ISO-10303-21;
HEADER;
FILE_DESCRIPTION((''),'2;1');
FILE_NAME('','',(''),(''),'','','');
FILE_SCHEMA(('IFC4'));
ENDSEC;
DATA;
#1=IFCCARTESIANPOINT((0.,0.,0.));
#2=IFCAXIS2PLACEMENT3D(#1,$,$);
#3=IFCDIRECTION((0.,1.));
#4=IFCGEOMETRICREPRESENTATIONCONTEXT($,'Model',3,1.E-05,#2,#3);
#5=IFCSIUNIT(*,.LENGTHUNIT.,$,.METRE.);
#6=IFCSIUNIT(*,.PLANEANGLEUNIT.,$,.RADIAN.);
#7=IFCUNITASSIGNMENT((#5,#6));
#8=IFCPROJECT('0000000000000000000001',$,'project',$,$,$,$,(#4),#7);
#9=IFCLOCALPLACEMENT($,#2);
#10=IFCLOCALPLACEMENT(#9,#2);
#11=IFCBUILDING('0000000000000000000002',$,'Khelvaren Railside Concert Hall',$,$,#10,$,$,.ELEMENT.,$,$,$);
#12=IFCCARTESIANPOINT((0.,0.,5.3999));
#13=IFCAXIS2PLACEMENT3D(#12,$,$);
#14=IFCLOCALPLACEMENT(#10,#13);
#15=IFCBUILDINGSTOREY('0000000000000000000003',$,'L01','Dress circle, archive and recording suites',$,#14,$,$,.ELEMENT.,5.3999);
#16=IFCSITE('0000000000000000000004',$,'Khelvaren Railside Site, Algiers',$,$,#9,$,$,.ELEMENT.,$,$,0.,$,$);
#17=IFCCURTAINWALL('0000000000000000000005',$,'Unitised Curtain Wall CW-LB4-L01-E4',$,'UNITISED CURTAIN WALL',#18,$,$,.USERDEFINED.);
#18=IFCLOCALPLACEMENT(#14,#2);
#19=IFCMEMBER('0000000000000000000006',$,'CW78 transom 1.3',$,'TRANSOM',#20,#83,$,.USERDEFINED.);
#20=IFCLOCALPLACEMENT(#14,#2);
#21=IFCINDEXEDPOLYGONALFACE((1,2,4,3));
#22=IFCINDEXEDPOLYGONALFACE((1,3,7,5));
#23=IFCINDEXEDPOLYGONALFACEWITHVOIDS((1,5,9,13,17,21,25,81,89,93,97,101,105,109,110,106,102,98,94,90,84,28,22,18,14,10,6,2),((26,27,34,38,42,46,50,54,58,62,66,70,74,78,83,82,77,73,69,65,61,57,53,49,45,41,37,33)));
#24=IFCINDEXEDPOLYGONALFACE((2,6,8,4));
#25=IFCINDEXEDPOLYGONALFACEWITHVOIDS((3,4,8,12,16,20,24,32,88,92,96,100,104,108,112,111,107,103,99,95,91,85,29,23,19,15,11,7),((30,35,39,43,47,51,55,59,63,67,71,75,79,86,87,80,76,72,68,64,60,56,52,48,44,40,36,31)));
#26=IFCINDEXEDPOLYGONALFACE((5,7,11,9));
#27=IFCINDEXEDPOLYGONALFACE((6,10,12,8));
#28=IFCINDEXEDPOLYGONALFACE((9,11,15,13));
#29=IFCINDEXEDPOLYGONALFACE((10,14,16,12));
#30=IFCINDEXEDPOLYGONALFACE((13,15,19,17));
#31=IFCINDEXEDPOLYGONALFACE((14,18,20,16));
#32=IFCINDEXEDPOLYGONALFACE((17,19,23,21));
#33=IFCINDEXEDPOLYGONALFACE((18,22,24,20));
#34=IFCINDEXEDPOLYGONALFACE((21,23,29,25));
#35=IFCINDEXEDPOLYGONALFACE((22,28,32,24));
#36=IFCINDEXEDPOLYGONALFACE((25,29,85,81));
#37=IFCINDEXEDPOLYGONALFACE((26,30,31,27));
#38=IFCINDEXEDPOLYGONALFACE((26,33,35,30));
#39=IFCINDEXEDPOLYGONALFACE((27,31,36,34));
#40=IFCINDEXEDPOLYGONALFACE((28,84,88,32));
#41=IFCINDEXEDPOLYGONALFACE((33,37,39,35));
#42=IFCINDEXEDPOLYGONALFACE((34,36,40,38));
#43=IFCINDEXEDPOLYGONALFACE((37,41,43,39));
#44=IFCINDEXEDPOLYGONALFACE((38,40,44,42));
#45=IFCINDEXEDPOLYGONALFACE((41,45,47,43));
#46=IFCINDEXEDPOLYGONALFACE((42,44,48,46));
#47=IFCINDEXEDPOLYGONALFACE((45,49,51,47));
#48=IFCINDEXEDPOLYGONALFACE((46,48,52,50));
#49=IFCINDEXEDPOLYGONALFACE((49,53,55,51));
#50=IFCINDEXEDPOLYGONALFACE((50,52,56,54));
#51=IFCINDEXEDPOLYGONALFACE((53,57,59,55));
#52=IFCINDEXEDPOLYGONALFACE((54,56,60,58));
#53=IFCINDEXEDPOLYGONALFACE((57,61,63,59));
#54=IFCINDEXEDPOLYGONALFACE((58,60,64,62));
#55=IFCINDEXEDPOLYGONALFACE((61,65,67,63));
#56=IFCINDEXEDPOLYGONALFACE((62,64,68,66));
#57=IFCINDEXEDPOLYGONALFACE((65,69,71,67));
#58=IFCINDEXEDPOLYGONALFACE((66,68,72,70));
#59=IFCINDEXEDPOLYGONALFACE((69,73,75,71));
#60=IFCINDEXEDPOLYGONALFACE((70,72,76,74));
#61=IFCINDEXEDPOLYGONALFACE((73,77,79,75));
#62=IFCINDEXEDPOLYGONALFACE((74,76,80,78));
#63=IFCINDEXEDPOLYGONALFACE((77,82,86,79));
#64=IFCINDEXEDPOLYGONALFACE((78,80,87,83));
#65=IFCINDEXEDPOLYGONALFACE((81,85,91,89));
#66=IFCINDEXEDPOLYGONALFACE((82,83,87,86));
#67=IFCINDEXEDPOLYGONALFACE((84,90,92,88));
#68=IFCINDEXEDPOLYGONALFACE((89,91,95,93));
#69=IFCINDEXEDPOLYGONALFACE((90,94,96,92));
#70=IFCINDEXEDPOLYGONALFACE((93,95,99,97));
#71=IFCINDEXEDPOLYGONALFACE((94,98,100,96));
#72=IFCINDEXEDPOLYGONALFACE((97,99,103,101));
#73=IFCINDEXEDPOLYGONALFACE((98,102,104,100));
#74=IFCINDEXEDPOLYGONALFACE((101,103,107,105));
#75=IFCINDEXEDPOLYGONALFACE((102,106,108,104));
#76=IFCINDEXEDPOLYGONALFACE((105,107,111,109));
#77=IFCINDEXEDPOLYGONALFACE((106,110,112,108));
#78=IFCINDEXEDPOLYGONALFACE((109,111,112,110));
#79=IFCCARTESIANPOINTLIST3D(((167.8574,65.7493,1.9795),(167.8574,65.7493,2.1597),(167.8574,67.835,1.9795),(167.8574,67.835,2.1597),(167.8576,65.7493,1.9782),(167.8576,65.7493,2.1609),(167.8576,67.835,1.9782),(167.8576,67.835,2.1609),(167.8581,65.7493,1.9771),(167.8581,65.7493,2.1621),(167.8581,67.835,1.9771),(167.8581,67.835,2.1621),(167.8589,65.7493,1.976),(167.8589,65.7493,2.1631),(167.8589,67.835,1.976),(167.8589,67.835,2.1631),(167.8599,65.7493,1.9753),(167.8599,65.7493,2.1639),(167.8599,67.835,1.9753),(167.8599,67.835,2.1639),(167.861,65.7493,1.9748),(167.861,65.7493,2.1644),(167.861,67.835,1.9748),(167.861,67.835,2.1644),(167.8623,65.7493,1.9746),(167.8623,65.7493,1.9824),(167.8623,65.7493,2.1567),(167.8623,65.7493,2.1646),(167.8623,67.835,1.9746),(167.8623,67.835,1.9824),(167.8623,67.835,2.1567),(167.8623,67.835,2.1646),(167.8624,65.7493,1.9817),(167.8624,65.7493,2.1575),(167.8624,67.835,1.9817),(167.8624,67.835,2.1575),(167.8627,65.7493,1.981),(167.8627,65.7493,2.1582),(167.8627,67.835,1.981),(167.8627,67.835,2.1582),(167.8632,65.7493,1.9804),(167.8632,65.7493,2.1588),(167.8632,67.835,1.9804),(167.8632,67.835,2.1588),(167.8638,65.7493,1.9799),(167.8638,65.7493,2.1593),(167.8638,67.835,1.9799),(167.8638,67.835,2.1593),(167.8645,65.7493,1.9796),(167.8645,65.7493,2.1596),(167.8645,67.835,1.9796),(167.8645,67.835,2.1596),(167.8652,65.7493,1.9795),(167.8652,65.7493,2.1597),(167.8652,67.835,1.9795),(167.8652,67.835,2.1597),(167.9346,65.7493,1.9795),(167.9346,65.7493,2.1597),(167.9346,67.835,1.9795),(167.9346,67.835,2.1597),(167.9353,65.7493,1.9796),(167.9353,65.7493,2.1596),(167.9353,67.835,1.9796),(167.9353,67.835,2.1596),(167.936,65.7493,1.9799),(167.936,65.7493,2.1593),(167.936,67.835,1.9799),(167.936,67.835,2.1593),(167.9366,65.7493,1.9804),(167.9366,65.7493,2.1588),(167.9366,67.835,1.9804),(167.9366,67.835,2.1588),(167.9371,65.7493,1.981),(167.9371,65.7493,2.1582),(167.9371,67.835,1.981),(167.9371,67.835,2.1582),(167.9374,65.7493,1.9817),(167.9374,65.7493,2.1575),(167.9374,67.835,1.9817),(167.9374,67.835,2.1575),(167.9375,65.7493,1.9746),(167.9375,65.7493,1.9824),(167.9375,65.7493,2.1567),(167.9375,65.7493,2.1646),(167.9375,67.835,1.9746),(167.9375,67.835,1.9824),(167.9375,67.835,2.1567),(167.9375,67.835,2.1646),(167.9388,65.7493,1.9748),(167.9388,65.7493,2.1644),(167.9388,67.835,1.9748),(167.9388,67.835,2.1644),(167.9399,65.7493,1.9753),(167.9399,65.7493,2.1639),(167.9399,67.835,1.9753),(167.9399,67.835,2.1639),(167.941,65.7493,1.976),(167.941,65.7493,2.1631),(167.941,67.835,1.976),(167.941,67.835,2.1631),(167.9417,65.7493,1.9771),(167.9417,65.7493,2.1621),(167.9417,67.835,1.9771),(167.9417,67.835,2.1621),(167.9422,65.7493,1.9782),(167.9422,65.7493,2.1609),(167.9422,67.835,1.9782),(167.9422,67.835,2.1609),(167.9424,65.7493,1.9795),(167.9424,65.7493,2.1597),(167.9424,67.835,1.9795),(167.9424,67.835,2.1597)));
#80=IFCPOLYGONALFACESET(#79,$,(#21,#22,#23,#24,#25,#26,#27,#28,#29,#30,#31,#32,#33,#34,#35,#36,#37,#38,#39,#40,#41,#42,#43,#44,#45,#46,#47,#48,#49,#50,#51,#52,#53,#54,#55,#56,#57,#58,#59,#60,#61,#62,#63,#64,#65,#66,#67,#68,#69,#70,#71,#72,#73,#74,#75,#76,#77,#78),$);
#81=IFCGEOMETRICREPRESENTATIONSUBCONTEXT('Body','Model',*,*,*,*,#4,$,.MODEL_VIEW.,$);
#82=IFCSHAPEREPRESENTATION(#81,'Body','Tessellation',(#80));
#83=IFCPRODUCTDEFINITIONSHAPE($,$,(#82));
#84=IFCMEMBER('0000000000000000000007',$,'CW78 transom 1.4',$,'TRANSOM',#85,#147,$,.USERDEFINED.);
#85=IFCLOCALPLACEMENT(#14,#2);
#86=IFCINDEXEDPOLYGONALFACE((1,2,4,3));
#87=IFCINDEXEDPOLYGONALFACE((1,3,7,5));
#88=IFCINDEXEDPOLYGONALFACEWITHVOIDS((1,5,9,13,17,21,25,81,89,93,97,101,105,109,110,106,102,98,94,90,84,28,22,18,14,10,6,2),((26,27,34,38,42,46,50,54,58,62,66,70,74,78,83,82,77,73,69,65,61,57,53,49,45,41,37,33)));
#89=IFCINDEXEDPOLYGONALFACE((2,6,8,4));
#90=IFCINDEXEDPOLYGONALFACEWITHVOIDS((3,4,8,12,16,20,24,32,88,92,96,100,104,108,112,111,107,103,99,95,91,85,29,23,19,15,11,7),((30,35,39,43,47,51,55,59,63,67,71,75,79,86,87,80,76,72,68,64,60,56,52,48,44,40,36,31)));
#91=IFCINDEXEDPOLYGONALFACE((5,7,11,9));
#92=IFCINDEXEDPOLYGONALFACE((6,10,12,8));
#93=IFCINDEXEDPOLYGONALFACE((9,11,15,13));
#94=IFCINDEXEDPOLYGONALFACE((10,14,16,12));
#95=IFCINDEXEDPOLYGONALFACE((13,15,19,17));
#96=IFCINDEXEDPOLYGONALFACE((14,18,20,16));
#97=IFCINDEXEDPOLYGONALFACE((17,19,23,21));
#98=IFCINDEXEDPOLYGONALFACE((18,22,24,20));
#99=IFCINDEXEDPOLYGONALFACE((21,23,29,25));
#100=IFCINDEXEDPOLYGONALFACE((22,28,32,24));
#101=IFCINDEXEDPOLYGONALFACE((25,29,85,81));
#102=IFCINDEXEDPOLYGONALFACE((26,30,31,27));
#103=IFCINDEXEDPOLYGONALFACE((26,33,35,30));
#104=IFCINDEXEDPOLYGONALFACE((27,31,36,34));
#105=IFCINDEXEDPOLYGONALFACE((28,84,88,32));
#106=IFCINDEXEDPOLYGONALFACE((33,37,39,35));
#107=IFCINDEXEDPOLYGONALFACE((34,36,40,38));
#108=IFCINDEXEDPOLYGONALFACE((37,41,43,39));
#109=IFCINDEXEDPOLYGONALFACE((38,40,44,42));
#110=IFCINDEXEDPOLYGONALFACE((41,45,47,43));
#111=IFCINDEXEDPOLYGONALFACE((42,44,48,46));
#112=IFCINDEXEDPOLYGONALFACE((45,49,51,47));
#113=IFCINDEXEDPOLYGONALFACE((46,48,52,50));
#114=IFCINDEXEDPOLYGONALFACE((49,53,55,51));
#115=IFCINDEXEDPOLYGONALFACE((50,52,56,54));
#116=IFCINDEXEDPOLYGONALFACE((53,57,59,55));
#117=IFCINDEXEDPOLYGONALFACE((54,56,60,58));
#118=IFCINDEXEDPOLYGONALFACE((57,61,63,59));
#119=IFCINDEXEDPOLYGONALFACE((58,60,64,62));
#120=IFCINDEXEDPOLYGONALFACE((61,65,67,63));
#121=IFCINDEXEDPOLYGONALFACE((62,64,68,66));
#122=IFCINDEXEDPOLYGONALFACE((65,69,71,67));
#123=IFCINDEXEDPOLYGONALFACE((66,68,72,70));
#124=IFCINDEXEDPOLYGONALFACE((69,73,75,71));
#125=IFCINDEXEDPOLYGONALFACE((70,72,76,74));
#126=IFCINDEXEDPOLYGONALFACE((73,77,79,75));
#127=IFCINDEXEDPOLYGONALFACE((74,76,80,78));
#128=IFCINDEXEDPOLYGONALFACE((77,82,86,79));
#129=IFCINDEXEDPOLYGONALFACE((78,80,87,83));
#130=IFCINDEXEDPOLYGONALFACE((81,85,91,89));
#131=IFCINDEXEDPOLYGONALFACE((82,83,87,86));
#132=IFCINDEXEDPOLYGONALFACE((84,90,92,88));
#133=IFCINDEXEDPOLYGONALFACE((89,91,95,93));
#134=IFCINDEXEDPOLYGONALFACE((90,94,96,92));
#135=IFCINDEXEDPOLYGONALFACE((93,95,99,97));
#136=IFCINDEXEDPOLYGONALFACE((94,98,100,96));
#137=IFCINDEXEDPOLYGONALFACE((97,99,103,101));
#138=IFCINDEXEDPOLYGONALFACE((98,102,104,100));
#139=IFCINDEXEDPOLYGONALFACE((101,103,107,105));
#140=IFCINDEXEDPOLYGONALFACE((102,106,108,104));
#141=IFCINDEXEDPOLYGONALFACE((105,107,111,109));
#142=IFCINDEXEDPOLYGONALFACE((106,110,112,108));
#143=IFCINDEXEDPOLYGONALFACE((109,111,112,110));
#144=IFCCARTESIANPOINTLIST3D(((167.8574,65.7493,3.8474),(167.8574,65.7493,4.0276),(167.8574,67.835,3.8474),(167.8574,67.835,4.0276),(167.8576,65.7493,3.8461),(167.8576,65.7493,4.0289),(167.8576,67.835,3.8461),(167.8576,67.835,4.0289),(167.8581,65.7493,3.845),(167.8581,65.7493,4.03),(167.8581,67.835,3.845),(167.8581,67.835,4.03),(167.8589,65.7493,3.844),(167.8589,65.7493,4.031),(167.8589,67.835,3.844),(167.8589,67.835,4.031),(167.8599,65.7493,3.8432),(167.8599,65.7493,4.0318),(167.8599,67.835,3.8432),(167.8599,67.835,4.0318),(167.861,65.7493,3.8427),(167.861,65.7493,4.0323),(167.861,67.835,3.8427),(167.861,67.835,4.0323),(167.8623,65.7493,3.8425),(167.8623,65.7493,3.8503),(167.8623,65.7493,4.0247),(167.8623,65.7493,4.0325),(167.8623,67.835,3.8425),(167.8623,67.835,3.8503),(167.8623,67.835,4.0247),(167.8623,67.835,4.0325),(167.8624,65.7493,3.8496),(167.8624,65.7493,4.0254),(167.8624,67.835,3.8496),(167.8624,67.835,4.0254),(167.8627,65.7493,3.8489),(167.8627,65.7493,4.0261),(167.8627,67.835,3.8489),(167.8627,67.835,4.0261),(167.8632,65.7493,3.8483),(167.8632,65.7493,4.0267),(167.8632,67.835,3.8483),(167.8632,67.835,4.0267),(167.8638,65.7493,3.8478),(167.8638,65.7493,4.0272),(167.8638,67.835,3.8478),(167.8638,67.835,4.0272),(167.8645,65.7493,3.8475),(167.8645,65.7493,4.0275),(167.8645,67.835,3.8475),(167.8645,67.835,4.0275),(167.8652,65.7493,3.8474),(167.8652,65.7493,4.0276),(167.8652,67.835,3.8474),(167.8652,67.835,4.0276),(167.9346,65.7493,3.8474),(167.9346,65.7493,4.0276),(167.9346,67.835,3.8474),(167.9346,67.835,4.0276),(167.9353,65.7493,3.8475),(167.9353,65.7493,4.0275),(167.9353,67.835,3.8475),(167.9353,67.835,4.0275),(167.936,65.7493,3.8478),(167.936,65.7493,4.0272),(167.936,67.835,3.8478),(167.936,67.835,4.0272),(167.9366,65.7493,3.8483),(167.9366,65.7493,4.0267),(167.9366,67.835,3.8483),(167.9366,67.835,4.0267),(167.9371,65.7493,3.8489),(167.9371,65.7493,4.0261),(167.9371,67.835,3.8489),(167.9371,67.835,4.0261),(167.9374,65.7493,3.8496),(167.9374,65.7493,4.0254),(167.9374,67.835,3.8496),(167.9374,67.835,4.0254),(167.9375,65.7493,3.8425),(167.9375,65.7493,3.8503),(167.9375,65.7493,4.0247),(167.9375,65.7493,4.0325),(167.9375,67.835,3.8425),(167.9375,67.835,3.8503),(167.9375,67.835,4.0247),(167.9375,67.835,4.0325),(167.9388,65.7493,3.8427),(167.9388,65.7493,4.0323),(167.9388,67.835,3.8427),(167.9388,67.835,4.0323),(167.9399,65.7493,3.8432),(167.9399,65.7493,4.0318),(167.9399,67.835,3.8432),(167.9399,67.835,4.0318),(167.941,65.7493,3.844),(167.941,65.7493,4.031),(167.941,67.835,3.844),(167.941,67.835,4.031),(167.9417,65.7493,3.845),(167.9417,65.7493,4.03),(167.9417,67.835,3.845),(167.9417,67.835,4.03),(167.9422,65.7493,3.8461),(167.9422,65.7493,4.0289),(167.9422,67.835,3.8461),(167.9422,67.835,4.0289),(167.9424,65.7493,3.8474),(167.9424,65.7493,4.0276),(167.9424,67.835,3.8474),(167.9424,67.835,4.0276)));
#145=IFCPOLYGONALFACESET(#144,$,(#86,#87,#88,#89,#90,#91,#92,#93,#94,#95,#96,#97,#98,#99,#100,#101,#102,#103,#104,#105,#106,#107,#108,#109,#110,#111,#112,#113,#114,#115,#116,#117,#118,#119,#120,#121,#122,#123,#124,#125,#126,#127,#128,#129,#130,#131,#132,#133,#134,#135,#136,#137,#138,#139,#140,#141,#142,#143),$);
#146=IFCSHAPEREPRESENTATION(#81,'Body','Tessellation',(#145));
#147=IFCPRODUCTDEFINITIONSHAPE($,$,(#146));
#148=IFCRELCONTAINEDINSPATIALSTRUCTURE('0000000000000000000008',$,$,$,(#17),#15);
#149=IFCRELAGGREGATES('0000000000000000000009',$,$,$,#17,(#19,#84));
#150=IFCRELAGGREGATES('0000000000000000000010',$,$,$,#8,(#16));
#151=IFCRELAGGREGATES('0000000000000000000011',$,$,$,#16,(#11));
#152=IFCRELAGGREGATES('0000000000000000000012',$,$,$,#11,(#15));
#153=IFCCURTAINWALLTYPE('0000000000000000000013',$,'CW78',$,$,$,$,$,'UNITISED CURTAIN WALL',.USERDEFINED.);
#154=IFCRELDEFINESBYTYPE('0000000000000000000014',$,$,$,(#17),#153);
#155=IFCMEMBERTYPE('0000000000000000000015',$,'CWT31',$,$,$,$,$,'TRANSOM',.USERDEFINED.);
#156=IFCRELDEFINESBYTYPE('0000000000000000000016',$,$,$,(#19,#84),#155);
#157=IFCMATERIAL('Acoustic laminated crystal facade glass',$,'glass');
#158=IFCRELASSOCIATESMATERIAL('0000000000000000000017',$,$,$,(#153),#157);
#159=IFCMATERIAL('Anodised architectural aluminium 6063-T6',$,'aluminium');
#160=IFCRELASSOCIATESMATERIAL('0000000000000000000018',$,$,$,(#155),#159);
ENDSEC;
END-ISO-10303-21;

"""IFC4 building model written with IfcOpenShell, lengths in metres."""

from ifc_helpers import new_model, si_unit, direction, frame, origin, origin_2d, place, context, subcontext, project, spatial, hollow_rectangle, extrude, material, material_profile, profile_set, type_object, element, aggregate, save


model = new_model("IFC4")

# Units and contexts
model_context = context("Model", 3, precision=1e-05, world=origin(), true_north=direction((0.0, 1.0)))
body_context = subcontext(model_context, "Body", "Model", "MODEL_VIEW")
ifc_project = project(units=[si_unit("LENGTHUNIT", "METRE"), si_unit("PLANEANGLEUNIT", "RADIAN")], contexts=[model_context])

# Site, building, storey
site_placement = place(None, origin())
site = spatial("IfcSite", under=ifc_project, at=site_placement, Name="Khelvaren Railside Site, Algiers", CompositionType="ELEMENT", RefElevation=0.0)
building_placement = place(site_placement, origin())
building = spatial("IfcBuilding", under=site, at=building_placement, Name="Khelvaren Railside Concert Hall", CompositionType="ELEMENT")
storey_placement = place(building_placement, frame((0.0, 0.0, 5.3999)))
storey = spatial("IfcBuildingStorey", under=building, at=storey_placement, Name="L01", Description="Dress circle, archive and recording suites", CompositionType="ELEMENT", Elevation=5.3999)

# Curtain wall
ifc_material_1 = material(Name="Acoustic laminated crystal facade glass", Category="glass")
curtain_wall_type = type_object("IfcCurtainWallType", Name="CW78", ElementType="UNITISED CURTAIN WALL", PredefinedType="USERDEFINED", material=ifc_material_1)
curtain_wall_1_placement = place(storey_placement, origin())
curtain_wall_1 = element("IfcCurtainWall", 1, at=curtain_wall_1_placement, inside=storey, type_object=curtain_wall_type, Name="Unitised Curtain Wall CW-LB4-L01-E4", ObjectType="UNITISED CURTAIN WALL", PredefinedType="USERDEFINED")
ifc_material_2 = material(Name="Anodised architectural aluminium 6063-T6", Category="aluminium")

# Members
ifc_material_profile_1 = material_profile(ifc_material_2, hollow_rectangle(XDim=0.085, YDim=0.1899, WallThickness=0.0049, InnerFilletRadius=0.0029, OuterFilletRadius=0.0049, at=origin_2d()), Name="CWT 85x190x5")
ifc_profile_set_1 = profile_set([ifc_material_profile_1], Name="Anodised architectural aluminium 6063-T6")
member_type_1 = type_object("IfcMemberType", Name="CWT31", ElementType="TRANSOM", PredefinedType="USERDEFINED", material=ifc_profile_set_1)
member_1_placement = place(storey_placement, frame((167.8999, 67.835, 2.0696), z_axis=(0.0, -1.0, 0.0), x_axis=(1.0, 0.0, 0.0)))
member_1 = element("IfcMember", 2, at=member_1_placement, type_object=member_type_1, Name="CW78 transom 1.3", ObjectType="TRANSOM", PredefinedType="USERDEFINED", context=body_context, shape_type="SweptSolid", body=[
    extrude(hollow_rectangle(XDim=0.085, YDim=0.1899, WallThickness=0.0049, InnerFilletRadius=0.0029, OuterFilletRadius=0.0049, at=origin_2d()), origin(), (0.0, 0.0, 1.0), 2.0857),
])
member_2_placement = place(storey_placement, frame((167.8999, 67.835, 3.9375), z_axis=(0.0, -1.0, 0.0), x_axis=(1.0, 0.0, 0.0)))
member_2 = element("IfcMember", 3, at=member_2_placement, type_object=member_type_1, Name="CW78 transom 1.4", ObjectType="TRANSOM", PredefinedType="USERDEFINED", context=body_context, shape_type="SweptSolid", body=[
    extrude(hollow_rectangle(XDim=0.085, YDim=0.1899, WallThickness=0.0049, InnerFilletRadius=0.0029, OuterFilletRadius=0.0049, at=origin_2d()), origin(), (0.0, 0.0, 1.0), 2.0857),
])

aggregate(curtain_wall_1, [member_1, member_2])

save(model, "model.ifc")
